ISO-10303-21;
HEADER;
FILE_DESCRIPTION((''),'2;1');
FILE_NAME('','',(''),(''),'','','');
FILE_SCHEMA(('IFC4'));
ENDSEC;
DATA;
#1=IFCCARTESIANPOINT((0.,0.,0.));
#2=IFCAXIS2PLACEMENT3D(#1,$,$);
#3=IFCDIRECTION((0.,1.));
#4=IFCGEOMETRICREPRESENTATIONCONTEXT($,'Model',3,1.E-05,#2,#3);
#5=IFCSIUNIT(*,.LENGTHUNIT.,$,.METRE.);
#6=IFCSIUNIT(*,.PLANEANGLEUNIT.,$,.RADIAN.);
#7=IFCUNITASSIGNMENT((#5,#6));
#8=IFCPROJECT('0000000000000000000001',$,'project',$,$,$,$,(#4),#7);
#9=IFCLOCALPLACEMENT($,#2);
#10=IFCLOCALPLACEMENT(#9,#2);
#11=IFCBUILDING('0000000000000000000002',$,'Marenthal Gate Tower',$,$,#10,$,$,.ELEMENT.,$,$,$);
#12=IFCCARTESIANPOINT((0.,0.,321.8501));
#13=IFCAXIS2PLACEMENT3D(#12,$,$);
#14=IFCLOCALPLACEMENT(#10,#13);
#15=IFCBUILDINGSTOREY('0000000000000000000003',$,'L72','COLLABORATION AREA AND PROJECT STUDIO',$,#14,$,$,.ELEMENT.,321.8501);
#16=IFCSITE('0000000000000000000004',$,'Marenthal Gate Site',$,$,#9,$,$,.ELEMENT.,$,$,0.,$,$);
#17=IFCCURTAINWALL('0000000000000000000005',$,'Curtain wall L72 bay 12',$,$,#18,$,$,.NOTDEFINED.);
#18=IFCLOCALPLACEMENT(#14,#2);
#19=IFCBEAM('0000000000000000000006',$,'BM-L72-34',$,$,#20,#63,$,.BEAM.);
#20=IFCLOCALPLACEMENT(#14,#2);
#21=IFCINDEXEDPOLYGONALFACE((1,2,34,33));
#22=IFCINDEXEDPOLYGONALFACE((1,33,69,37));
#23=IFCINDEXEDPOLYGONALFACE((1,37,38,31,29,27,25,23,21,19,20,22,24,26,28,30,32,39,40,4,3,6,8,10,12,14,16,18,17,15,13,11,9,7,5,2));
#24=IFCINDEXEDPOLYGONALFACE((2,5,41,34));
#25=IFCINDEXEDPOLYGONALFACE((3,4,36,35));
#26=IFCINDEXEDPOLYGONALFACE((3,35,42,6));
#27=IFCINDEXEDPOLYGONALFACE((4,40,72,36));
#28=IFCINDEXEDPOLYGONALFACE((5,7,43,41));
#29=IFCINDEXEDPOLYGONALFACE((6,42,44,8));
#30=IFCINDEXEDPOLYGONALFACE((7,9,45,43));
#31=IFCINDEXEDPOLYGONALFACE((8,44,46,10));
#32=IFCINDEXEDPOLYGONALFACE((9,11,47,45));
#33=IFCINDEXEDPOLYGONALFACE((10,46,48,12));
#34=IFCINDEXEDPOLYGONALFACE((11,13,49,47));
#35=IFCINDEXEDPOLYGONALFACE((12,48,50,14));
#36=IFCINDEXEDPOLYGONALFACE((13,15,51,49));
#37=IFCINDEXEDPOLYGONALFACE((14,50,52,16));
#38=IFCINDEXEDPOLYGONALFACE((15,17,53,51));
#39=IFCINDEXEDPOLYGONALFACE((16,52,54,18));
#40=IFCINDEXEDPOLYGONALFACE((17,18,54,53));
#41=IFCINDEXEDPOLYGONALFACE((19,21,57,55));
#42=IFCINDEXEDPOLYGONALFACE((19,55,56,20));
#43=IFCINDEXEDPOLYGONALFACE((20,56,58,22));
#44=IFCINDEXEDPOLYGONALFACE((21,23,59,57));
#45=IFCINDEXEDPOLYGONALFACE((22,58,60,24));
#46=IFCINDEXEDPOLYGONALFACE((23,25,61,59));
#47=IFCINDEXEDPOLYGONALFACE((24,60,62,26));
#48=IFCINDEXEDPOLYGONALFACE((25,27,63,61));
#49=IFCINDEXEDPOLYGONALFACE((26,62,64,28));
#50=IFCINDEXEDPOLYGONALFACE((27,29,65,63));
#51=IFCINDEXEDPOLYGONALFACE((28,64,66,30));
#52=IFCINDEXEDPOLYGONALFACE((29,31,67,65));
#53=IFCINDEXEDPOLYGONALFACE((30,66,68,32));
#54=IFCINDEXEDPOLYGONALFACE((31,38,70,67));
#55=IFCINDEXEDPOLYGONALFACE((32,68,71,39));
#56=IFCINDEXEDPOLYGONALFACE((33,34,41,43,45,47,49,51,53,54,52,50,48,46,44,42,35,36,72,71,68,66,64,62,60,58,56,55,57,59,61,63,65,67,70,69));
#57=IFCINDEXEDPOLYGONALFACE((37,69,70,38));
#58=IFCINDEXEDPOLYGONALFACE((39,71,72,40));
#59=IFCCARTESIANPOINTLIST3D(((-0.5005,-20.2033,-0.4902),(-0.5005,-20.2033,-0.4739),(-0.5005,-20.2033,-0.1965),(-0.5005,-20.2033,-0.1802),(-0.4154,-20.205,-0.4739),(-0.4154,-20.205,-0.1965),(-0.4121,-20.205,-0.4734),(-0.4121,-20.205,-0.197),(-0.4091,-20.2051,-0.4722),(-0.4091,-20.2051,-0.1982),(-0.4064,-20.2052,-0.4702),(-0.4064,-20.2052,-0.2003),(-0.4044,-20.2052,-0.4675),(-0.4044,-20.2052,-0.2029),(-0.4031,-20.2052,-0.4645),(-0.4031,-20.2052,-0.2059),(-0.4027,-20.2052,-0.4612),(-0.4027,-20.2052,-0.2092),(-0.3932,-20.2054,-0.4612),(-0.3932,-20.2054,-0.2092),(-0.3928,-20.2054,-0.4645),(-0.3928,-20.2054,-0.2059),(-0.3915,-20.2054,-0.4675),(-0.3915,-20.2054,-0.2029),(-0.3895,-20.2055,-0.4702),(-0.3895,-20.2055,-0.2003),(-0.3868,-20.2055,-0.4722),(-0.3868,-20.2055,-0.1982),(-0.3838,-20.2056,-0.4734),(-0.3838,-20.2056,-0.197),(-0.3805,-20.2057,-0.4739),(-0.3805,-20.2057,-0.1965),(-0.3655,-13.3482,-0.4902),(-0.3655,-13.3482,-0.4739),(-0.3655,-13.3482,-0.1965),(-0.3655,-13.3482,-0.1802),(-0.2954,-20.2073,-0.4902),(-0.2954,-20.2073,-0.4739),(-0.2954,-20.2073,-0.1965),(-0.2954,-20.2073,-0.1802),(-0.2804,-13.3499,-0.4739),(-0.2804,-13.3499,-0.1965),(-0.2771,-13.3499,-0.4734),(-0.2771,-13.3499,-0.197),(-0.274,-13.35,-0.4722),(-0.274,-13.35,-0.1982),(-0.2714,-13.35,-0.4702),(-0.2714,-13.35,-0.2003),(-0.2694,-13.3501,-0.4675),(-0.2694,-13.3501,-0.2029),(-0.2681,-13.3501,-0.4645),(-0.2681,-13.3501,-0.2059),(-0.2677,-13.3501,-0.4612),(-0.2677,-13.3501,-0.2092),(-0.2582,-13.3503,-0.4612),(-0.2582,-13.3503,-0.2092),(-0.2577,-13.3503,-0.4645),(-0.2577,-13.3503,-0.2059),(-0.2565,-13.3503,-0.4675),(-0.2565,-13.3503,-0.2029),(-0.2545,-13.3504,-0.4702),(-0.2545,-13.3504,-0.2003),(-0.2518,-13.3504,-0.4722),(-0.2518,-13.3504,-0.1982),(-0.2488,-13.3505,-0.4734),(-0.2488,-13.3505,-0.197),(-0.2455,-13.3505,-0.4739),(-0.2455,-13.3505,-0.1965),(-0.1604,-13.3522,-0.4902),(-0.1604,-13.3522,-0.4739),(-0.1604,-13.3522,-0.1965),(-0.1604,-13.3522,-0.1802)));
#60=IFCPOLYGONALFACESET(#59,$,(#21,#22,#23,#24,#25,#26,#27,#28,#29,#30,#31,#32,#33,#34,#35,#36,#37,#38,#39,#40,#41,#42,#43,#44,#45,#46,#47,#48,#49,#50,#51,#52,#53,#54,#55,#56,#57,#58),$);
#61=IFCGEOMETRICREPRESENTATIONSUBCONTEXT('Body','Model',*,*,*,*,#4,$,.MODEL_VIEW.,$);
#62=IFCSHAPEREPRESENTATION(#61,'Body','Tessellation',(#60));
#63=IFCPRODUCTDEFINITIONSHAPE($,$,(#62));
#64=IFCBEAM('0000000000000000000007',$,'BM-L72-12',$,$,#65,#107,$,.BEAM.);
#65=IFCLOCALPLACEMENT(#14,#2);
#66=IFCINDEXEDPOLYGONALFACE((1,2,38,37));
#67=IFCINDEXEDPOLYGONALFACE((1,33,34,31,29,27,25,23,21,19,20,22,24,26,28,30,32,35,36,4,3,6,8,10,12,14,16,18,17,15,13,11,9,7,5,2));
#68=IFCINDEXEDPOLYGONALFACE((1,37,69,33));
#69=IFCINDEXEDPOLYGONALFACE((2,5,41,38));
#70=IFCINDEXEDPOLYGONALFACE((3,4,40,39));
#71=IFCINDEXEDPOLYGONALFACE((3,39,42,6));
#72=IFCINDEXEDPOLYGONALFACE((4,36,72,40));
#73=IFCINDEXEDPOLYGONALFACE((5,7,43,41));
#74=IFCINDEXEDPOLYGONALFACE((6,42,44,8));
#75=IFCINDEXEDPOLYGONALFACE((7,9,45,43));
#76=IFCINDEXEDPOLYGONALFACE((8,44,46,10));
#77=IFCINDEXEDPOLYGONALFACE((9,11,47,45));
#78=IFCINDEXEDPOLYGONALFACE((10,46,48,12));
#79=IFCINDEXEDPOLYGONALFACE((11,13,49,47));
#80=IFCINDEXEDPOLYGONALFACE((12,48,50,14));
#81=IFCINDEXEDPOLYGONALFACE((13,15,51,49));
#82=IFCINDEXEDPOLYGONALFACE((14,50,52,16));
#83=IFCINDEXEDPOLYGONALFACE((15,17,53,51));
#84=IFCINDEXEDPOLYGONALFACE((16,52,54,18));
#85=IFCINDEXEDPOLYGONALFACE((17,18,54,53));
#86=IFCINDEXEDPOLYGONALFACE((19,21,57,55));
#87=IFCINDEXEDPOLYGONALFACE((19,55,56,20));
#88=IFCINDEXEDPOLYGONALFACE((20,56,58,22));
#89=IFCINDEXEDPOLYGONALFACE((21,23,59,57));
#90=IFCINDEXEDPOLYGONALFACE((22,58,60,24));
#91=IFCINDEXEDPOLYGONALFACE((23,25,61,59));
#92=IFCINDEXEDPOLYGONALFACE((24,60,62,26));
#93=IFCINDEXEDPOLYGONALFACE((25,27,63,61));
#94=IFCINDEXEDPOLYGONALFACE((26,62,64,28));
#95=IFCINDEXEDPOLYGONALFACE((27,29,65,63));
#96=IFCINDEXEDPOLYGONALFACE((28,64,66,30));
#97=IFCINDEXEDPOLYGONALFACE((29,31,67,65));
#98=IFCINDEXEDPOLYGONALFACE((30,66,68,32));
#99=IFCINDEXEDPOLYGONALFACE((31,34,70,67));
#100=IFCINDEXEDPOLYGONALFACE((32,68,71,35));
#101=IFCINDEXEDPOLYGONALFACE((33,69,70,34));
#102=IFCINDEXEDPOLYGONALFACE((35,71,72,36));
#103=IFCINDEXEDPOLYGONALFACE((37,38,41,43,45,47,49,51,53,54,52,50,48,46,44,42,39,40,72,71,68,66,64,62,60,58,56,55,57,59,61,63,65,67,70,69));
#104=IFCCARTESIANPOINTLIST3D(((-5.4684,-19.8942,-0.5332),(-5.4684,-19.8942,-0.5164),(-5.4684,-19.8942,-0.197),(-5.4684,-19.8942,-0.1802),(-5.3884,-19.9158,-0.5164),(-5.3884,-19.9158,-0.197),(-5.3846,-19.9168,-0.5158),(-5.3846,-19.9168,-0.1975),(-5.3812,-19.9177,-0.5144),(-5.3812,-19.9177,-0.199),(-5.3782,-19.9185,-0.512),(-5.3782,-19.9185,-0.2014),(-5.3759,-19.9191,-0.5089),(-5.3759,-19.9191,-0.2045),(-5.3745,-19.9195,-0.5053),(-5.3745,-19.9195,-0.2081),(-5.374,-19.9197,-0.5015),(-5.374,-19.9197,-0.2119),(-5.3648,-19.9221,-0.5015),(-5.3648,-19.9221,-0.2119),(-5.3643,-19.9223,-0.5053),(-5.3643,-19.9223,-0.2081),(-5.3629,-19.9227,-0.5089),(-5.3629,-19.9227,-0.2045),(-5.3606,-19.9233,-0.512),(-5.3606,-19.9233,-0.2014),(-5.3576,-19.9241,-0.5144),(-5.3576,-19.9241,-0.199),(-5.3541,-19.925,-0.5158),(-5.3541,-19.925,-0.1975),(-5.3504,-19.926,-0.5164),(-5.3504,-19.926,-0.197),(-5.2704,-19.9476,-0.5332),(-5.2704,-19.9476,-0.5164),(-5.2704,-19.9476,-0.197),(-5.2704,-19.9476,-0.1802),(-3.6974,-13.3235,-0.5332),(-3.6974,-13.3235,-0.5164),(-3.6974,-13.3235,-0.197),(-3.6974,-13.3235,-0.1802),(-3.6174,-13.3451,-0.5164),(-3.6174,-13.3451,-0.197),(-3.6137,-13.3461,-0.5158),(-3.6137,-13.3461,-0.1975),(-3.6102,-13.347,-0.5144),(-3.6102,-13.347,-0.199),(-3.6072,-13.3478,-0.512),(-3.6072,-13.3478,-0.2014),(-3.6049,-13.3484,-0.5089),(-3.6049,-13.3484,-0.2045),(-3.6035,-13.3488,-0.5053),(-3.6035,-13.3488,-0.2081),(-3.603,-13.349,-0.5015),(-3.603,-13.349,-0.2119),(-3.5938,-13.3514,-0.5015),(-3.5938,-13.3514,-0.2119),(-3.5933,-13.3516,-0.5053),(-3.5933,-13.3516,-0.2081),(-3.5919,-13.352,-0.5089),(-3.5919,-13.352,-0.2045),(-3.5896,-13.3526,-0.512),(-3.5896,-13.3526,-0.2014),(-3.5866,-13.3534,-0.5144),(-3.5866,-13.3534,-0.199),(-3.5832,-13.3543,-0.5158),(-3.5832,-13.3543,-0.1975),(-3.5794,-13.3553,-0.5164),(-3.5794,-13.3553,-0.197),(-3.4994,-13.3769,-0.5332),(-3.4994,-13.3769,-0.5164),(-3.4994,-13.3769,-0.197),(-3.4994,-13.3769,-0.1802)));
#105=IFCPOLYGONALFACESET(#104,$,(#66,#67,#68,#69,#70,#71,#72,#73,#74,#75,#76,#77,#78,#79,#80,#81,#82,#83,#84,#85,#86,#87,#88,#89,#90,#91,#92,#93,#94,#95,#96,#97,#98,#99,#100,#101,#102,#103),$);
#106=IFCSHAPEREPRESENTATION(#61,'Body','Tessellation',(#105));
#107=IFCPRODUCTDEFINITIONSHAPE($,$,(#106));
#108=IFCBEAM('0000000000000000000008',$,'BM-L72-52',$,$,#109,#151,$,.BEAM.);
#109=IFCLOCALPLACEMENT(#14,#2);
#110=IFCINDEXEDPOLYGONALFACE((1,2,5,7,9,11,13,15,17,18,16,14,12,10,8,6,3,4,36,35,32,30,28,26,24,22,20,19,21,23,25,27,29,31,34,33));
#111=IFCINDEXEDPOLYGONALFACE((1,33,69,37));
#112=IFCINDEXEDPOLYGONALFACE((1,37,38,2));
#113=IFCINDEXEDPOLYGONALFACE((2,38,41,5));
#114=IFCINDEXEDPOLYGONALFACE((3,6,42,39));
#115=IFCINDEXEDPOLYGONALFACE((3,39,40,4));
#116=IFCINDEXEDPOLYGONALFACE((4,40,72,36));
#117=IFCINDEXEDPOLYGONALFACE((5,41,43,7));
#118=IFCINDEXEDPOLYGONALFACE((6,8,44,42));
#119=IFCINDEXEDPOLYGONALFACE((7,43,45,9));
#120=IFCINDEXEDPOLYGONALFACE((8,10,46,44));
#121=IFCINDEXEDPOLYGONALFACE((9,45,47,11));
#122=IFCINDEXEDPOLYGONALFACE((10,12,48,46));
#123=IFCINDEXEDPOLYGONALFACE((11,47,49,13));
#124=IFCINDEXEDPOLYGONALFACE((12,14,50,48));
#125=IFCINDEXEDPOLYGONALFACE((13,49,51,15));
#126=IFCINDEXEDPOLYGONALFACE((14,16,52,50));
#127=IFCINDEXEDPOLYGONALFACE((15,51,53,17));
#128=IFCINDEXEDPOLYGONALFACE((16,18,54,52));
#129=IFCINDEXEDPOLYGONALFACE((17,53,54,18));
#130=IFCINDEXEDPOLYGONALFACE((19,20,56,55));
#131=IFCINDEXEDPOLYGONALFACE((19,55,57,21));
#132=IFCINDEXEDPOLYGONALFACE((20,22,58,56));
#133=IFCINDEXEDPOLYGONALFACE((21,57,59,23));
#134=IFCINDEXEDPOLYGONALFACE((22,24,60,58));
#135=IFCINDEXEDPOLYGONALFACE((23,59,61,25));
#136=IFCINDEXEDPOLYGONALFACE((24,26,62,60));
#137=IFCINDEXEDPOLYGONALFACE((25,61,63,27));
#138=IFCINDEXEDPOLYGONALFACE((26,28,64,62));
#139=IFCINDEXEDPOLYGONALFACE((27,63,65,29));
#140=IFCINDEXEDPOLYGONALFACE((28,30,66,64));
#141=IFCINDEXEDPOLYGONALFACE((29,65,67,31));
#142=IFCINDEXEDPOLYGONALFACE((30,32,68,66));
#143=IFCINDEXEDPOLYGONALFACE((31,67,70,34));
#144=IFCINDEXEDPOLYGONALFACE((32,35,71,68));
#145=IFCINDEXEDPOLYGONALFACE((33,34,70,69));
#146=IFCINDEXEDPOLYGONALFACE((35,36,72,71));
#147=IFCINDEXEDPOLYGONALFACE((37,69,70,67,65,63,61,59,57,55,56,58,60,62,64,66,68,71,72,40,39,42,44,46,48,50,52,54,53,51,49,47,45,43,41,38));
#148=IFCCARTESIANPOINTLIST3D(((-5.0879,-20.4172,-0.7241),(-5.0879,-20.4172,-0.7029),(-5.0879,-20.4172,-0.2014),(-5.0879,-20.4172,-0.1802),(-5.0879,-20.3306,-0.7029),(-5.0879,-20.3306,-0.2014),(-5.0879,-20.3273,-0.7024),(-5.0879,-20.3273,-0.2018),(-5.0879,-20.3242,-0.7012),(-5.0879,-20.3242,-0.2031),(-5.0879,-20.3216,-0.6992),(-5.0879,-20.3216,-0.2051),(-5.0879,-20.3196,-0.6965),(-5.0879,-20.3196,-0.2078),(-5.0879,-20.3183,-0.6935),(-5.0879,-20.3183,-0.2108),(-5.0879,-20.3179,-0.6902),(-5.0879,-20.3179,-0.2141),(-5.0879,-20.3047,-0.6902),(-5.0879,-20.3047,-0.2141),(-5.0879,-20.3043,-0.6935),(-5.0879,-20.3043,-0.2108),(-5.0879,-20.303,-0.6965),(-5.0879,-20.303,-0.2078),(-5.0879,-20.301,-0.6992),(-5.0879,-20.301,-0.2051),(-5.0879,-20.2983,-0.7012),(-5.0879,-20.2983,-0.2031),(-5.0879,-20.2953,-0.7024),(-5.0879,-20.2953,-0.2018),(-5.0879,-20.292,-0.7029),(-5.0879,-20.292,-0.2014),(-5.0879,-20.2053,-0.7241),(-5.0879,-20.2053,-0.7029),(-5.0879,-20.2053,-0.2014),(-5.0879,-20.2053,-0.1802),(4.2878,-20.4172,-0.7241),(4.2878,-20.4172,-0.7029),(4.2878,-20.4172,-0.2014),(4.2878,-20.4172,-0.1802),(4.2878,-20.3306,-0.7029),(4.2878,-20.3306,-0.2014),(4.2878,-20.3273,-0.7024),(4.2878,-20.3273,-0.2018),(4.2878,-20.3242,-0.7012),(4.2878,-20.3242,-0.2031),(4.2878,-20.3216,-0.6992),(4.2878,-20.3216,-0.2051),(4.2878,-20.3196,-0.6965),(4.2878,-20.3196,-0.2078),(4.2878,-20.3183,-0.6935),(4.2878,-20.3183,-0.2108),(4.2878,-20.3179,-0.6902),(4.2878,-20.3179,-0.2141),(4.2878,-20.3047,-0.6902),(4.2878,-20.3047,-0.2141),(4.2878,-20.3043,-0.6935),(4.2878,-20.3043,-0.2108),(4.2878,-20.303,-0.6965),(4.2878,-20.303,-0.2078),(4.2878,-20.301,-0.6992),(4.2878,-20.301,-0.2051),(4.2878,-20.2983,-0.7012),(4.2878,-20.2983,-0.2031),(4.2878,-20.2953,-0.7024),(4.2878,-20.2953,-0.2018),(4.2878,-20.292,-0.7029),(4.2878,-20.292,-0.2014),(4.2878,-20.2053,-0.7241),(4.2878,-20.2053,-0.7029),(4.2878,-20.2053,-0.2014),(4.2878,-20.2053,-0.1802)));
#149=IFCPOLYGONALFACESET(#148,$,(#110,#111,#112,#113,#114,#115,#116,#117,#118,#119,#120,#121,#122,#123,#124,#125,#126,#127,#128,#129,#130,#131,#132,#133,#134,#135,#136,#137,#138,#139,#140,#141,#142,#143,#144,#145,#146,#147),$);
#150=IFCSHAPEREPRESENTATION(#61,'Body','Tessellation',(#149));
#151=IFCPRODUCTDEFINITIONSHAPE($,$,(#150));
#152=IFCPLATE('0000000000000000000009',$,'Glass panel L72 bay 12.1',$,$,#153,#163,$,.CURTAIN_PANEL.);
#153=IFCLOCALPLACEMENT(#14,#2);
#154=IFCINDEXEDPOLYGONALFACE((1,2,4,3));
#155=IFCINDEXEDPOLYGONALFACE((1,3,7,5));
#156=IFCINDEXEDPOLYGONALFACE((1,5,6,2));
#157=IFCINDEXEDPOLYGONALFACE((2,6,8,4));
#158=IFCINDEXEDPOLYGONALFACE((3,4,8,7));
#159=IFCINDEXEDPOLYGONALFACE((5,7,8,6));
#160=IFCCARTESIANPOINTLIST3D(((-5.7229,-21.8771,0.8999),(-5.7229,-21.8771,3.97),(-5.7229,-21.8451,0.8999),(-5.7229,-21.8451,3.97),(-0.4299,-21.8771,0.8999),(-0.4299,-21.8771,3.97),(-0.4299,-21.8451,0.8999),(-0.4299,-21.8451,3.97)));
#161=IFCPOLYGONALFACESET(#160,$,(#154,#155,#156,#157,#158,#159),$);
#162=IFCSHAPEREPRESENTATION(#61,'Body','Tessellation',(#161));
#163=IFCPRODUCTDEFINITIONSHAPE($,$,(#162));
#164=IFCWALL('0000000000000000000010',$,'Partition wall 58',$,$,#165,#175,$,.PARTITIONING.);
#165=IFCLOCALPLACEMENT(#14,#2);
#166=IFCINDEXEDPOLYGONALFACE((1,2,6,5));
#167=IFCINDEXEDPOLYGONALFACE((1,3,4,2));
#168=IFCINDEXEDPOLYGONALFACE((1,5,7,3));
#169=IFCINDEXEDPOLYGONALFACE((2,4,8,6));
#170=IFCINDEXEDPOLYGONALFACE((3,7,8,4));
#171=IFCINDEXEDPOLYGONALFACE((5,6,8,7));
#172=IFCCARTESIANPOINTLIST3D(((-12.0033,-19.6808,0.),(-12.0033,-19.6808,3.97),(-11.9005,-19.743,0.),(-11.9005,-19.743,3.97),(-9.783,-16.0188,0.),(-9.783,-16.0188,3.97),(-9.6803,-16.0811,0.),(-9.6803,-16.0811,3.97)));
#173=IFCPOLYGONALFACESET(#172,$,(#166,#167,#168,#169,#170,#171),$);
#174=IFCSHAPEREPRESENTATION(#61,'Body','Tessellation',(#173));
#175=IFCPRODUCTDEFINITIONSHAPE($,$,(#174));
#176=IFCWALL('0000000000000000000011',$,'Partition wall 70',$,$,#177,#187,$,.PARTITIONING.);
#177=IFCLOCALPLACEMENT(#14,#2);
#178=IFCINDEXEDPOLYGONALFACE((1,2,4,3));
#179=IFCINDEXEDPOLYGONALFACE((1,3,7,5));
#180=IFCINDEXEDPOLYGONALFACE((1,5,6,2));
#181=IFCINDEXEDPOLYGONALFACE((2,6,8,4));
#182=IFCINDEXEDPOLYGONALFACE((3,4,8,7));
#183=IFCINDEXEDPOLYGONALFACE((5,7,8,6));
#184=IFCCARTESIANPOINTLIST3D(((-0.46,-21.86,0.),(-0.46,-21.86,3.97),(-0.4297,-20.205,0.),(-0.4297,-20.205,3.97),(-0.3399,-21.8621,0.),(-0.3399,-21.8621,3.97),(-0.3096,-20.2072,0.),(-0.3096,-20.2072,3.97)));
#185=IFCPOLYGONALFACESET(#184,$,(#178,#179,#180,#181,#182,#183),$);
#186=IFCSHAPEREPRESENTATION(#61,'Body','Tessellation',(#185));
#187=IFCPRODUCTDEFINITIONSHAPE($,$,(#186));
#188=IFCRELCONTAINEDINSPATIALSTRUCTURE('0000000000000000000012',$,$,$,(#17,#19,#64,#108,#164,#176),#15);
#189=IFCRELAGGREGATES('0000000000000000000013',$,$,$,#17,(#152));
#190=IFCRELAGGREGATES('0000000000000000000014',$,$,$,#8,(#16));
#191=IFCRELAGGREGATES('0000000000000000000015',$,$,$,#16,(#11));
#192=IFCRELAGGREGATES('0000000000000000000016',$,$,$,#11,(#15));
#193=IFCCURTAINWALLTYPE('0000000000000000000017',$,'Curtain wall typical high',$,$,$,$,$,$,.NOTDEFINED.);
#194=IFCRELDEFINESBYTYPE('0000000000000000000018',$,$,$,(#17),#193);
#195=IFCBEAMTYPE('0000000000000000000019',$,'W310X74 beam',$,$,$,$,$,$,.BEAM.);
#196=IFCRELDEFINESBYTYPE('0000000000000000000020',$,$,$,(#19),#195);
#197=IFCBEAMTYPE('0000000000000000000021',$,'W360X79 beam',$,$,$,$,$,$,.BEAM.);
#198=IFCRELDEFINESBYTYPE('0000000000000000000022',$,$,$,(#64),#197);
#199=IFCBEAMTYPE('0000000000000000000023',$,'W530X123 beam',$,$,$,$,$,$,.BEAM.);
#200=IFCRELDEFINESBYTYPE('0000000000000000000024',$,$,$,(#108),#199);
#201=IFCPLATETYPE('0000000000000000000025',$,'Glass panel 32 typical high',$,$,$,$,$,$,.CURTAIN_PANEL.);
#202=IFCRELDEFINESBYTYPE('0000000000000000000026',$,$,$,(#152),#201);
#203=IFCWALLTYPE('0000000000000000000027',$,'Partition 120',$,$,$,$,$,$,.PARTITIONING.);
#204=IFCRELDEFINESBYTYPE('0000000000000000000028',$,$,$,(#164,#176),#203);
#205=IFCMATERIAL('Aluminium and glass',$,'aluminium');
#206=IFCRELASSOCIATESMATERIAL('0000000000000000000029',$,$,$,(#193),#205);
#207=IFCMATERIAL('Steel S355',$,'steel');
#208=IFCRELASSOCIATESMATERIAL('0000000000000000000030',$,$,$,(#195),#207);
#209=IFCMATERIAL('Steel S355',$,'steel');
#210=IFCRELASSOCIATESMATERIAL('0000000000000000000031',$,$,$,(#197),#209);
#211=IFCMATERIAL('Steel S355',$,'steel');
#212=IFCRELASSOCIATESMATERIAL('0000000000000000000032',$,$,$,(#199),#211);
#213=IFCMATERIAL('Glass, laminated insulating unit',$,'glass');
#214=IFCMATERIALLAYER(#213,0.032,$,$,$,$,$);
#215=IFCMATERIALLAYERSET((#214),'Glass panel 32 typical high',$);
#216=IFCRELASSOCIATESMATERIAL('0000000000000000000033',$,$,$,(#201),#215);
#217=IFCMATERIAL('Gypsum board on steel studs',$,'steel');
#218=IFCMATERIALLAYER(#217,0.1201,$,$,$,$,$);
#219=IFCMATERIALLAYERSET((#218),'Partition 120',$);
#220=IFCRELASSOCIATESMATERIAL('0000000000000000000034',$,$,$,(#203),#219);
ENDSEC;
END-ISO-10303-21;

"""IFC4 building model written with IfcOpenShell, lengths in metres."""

from ifc_helpers import new_model, si_unit, direction, frame, frame_2d, origin, origin_2d, place, context, subcontext, project, spatial, rectangle, i_section, extrude, material, layer, layer_set, material_profile, profile_set, type_object, element, aggregate, save


model = new_model("IFC4")

# Units and contexts
model_context = context("Model", 3, precision=1e-05, world=origin(), true_north=direction((0.0, 1.0)))
body_context = subcontext(model_context, "Body", "Model", "MODEL_VIEW")
ifc_project = project(units=[si_unit("LENGTHUNIT", "METRE"), si_unit("PLANEANGLEUNIT", "RADIAN")], contexts=[model_context])

# Site, building, storey
site_placement = place(None, origin())
site = spatial("IfcSite", under=ifc_project, at=site_placement, Name="Marenthal Gate Site", CompositionType="ELEMENT", RefElevation=0.0)
building_placement = place(site_placement, origin())
building = spatial("IfcBuilding", under=site, at=building_placement, Name="Marenthal Gate Tower", CompositionType="ELEMENT")
storey_placement = place(building_placement, frame((0.0, 0.0, 321.8501)))
storey = spatial("IfcBuildingStorey", under=building, at=storey_placement, Name="L72", Description="COLLABORATION AREA AND PROJECT STUDIO", CompositionType="ELEMENT", Elevation=321.8501)

# Curtain wall
ifc_material_1 = material(Name="Aluminium and glass", Category="aluminium")
curtain_wall_type = type_object("IfcCurtainWallType", Name="Curtain wall typical high", PredefinedType="NOTDEFINED", material=ifc_material_1)
curtain_wall_placement = place(storey_placement, origin())
curtain_wall = element("IfcCurtainWall", 1, at=curtain_wall_placement, inside=storey, type_object=curtain_wall_type, Name="Curtain wall L72 bay 12", PredefinedType="NOTDEFINED")

# Beams
ifc_material_2 = material(Name="Steel S355", Category="steel")
ifc_material_profile_1 = material_profile(ifc_material_2, i_section(OverallWidth=0.2051, OverallDepth=0.3101, WebThickness=0.0095, FlangeThickness=0.0164, FilletRadius=0.0127, at=origin_2d()), Name="W310X74")
ifc_profile_set_1 = profile_set([ifc_material_profile_1], Name="Steel S355")
beam_type_1 = type_object("IfcBeamType", Name="W310X74 beam", PredefinedType="BEAM", material=ifc_profile_set_1)
beam_1_placement = place(storey_placement, frame((-0.3979, -20.2053, -0.3352), z_axis=(0.019691, 0.999806, 0.0), x_axis=(-0.999806, 0.019691, 0.0)))
element("IfcBeam", 2, at=beam_1_placement, inside=storey, type_object=beam_type_1, Name="BM-L72-34", PredefinedType="BEAM", context=body_context, shape_type="SweptSolid", body=[
    extrude(i_section(OverallWidth=0.2051, OverallDepth=0.3101, WebThickness=0.0095, FlangeThickness=0.0164, FilletRadius=0.0127, at=origin_2d()), origin(), (0.0, 0.0, 1.0), 6.8564),
])
ifc_material_3 = material(Name="Steel S355", Category="steel")
ifc_material_profile_2 = material_profile(ifc_material_3, i_section(OverallWidth=0.2051, OverallDepth=0.353, WebThickness=0.0095, FlangeThickness=0.0168, FilletRadius=0.0149, at=origin_2d()), Name="W360X79")
ifc_profile_set_2 = profile_set([ifc_material_profile_2], Name="Steel S355")
beam_type_2 = type_object("IfcBeamType", Name="W360X79 beam", PredefinedType="BEAM", material=ifc_profile_set_2)
beam_2_placement = place(storey_placement, frame((-5.3694, -19.9209, -0.3567), z_axis=(0.260238, 0.965544, 0.0), x_axis=(-0.965544, 0.260238, 0.0)))
element("IfcBeam", 3, at=beam_2_placement, inside=storey, type_object=beam_type_2, Name="BM-L72-12", PredefinedType="BEAM", context=body_context, shape_type="SweptSolid", body=[
    extrude(i_section(OverallWidth=0.2051, OverallDepth=0.353, WebThickness=0.0095, FlangeThickness=0.0168, FilletRadius=0.0149, at=origin_2d()), origin(), (0.0, 0.0, 1.0), 6.8052),
])
ifc_material_4 = material(Name="Steel S355", Category="steel")
ifc_material_profile_3 = material_profile(ifc_material_4, i_section(OverallWidth=0.2119, OverallDepth=0.5439, WebThickness=0.0132, FlangeThickness=0.0212, FilletRadius=0.0127, at=origin_2d()), Name="W530X123")
ifc_profile_set_3 = profile_set([ifc_material_profile_3], Name="Steel S355")
beam_type_3 = type_object("IfcBeamType", Name="W530X123 beam", PredefinedType="BEAM", material=ifc_profile_set_3)
beam_3_placement = place(storey_placement, frame((-5.0879, -20.3113, -0.4521), z_axis=(1.0, 0.0, 0.0), x_axis=(0.0, 1.0, 0.0)))
element("IfcBeam", 4, at=beam_3_placement, inside=storey, type_object=beam_type_3, Name="BM-L72-52", PredefinedType="BEAM", context=body_context, shape_type="SweptSolid", body=[
    extrude(i_section(OverallWidth=0.2119, OverallDepth=0.5439, WebThickness=0.0132, FlangeThickness=0.0212, FilletRadius=0.0127, at=origin_2d()), origin(), (0.0, 0.0, 1.0), 9.3757),
])

# Plate
ifc_material_5 = material(Name="Glass, laminated insulating unit", Category="glass")
ifc_layer_1 = layer(ifc_material_5, 0.032)
ifc_layer_set_1 = layer_set([ifc_layer_1], Name="Glass panel 32 typical high")
plate_type = type_object("IfcPlateType", Name="Glass panel 32 typical high", PredefinedType="CURTAIN_PANEL", material=ifc_layer_set_1)
plate_placement = place(storey_placement, frame((-3.0764, -21.8611, 0.8999), z_axis=(0.0, 0.0, 1.0), x_axis=(1.0, 0.0, 0.0)))
plate = element("IfcPlate", 5, at=plate_placement, type_object=plate_type, Name="Glass panel L72 bay 12.1", PredefinedType="CURTAIN_PANEL", context=body_context, shape_type="SweptSolid", body=[
    extrude(rectangle(XDim=5.293, YDim=0.032, at=origin_2d()), origin(), (0.0, 0.0, 1.0), 3.0701),
])
aggregate(curtain_wall, [plate])

# Walls
ifc_material_6 = material(Name="Gypsum board on steel studs", Category="steel")
ifc_layer_2 = layer(ifc_material_6, 0.1201)
ifc_layer_set_2 = layer_set([ifc_layer_2], Name="Partition 120")
wall_type = type_object("IfcWallType", Name="Partition 120", PredefinedType="PARTITIONING", material=ifc_layer_set_2)
wall_1_placement = place(storey_placement, frame((-9.7317, -16.05, 0.0), z_axis=(0.0, 0.0, 1.0), x_axis=(-0.518456, -0.855104, 0.0)))
element("IfcWall", 6, at=wall_1_placement, inside=storey, type_object=wall_type, Name="Partition wall 58", PredefinedType="PARTITIONING", context=body_context, shape_type="SweptSolid", body=[
    extrude(rectangle(XDim=4.2825, YDim=0.1201, at=frame_2d((2.1411, 0.0))), origin(), (0.0, 0.0, 1.0), 3.97),
])
wall_2_placement = place(storey_placement, frame((-0.3696, -20.2061, 0.0), z_axis=(0.0, 0.0, 1.0), x_axis=(-0.018289, -0.999833, 0.0)))
element("IfcWall", 7, at=wall_2_placement, inside=storey, type_object=wall_type, Name="Partition wall 70", PredefinedType="PARTITIONING", context=body_context, shape_type="SweptSolid", body=[
    extrude(rectangle(XDim=1.6553, YDim=0.1201, at=frame_2d((0.8276, 0.0))), origin(), (0.0, 0.0, 1.0), 3.97),
])

save(model, "model.ifc")
